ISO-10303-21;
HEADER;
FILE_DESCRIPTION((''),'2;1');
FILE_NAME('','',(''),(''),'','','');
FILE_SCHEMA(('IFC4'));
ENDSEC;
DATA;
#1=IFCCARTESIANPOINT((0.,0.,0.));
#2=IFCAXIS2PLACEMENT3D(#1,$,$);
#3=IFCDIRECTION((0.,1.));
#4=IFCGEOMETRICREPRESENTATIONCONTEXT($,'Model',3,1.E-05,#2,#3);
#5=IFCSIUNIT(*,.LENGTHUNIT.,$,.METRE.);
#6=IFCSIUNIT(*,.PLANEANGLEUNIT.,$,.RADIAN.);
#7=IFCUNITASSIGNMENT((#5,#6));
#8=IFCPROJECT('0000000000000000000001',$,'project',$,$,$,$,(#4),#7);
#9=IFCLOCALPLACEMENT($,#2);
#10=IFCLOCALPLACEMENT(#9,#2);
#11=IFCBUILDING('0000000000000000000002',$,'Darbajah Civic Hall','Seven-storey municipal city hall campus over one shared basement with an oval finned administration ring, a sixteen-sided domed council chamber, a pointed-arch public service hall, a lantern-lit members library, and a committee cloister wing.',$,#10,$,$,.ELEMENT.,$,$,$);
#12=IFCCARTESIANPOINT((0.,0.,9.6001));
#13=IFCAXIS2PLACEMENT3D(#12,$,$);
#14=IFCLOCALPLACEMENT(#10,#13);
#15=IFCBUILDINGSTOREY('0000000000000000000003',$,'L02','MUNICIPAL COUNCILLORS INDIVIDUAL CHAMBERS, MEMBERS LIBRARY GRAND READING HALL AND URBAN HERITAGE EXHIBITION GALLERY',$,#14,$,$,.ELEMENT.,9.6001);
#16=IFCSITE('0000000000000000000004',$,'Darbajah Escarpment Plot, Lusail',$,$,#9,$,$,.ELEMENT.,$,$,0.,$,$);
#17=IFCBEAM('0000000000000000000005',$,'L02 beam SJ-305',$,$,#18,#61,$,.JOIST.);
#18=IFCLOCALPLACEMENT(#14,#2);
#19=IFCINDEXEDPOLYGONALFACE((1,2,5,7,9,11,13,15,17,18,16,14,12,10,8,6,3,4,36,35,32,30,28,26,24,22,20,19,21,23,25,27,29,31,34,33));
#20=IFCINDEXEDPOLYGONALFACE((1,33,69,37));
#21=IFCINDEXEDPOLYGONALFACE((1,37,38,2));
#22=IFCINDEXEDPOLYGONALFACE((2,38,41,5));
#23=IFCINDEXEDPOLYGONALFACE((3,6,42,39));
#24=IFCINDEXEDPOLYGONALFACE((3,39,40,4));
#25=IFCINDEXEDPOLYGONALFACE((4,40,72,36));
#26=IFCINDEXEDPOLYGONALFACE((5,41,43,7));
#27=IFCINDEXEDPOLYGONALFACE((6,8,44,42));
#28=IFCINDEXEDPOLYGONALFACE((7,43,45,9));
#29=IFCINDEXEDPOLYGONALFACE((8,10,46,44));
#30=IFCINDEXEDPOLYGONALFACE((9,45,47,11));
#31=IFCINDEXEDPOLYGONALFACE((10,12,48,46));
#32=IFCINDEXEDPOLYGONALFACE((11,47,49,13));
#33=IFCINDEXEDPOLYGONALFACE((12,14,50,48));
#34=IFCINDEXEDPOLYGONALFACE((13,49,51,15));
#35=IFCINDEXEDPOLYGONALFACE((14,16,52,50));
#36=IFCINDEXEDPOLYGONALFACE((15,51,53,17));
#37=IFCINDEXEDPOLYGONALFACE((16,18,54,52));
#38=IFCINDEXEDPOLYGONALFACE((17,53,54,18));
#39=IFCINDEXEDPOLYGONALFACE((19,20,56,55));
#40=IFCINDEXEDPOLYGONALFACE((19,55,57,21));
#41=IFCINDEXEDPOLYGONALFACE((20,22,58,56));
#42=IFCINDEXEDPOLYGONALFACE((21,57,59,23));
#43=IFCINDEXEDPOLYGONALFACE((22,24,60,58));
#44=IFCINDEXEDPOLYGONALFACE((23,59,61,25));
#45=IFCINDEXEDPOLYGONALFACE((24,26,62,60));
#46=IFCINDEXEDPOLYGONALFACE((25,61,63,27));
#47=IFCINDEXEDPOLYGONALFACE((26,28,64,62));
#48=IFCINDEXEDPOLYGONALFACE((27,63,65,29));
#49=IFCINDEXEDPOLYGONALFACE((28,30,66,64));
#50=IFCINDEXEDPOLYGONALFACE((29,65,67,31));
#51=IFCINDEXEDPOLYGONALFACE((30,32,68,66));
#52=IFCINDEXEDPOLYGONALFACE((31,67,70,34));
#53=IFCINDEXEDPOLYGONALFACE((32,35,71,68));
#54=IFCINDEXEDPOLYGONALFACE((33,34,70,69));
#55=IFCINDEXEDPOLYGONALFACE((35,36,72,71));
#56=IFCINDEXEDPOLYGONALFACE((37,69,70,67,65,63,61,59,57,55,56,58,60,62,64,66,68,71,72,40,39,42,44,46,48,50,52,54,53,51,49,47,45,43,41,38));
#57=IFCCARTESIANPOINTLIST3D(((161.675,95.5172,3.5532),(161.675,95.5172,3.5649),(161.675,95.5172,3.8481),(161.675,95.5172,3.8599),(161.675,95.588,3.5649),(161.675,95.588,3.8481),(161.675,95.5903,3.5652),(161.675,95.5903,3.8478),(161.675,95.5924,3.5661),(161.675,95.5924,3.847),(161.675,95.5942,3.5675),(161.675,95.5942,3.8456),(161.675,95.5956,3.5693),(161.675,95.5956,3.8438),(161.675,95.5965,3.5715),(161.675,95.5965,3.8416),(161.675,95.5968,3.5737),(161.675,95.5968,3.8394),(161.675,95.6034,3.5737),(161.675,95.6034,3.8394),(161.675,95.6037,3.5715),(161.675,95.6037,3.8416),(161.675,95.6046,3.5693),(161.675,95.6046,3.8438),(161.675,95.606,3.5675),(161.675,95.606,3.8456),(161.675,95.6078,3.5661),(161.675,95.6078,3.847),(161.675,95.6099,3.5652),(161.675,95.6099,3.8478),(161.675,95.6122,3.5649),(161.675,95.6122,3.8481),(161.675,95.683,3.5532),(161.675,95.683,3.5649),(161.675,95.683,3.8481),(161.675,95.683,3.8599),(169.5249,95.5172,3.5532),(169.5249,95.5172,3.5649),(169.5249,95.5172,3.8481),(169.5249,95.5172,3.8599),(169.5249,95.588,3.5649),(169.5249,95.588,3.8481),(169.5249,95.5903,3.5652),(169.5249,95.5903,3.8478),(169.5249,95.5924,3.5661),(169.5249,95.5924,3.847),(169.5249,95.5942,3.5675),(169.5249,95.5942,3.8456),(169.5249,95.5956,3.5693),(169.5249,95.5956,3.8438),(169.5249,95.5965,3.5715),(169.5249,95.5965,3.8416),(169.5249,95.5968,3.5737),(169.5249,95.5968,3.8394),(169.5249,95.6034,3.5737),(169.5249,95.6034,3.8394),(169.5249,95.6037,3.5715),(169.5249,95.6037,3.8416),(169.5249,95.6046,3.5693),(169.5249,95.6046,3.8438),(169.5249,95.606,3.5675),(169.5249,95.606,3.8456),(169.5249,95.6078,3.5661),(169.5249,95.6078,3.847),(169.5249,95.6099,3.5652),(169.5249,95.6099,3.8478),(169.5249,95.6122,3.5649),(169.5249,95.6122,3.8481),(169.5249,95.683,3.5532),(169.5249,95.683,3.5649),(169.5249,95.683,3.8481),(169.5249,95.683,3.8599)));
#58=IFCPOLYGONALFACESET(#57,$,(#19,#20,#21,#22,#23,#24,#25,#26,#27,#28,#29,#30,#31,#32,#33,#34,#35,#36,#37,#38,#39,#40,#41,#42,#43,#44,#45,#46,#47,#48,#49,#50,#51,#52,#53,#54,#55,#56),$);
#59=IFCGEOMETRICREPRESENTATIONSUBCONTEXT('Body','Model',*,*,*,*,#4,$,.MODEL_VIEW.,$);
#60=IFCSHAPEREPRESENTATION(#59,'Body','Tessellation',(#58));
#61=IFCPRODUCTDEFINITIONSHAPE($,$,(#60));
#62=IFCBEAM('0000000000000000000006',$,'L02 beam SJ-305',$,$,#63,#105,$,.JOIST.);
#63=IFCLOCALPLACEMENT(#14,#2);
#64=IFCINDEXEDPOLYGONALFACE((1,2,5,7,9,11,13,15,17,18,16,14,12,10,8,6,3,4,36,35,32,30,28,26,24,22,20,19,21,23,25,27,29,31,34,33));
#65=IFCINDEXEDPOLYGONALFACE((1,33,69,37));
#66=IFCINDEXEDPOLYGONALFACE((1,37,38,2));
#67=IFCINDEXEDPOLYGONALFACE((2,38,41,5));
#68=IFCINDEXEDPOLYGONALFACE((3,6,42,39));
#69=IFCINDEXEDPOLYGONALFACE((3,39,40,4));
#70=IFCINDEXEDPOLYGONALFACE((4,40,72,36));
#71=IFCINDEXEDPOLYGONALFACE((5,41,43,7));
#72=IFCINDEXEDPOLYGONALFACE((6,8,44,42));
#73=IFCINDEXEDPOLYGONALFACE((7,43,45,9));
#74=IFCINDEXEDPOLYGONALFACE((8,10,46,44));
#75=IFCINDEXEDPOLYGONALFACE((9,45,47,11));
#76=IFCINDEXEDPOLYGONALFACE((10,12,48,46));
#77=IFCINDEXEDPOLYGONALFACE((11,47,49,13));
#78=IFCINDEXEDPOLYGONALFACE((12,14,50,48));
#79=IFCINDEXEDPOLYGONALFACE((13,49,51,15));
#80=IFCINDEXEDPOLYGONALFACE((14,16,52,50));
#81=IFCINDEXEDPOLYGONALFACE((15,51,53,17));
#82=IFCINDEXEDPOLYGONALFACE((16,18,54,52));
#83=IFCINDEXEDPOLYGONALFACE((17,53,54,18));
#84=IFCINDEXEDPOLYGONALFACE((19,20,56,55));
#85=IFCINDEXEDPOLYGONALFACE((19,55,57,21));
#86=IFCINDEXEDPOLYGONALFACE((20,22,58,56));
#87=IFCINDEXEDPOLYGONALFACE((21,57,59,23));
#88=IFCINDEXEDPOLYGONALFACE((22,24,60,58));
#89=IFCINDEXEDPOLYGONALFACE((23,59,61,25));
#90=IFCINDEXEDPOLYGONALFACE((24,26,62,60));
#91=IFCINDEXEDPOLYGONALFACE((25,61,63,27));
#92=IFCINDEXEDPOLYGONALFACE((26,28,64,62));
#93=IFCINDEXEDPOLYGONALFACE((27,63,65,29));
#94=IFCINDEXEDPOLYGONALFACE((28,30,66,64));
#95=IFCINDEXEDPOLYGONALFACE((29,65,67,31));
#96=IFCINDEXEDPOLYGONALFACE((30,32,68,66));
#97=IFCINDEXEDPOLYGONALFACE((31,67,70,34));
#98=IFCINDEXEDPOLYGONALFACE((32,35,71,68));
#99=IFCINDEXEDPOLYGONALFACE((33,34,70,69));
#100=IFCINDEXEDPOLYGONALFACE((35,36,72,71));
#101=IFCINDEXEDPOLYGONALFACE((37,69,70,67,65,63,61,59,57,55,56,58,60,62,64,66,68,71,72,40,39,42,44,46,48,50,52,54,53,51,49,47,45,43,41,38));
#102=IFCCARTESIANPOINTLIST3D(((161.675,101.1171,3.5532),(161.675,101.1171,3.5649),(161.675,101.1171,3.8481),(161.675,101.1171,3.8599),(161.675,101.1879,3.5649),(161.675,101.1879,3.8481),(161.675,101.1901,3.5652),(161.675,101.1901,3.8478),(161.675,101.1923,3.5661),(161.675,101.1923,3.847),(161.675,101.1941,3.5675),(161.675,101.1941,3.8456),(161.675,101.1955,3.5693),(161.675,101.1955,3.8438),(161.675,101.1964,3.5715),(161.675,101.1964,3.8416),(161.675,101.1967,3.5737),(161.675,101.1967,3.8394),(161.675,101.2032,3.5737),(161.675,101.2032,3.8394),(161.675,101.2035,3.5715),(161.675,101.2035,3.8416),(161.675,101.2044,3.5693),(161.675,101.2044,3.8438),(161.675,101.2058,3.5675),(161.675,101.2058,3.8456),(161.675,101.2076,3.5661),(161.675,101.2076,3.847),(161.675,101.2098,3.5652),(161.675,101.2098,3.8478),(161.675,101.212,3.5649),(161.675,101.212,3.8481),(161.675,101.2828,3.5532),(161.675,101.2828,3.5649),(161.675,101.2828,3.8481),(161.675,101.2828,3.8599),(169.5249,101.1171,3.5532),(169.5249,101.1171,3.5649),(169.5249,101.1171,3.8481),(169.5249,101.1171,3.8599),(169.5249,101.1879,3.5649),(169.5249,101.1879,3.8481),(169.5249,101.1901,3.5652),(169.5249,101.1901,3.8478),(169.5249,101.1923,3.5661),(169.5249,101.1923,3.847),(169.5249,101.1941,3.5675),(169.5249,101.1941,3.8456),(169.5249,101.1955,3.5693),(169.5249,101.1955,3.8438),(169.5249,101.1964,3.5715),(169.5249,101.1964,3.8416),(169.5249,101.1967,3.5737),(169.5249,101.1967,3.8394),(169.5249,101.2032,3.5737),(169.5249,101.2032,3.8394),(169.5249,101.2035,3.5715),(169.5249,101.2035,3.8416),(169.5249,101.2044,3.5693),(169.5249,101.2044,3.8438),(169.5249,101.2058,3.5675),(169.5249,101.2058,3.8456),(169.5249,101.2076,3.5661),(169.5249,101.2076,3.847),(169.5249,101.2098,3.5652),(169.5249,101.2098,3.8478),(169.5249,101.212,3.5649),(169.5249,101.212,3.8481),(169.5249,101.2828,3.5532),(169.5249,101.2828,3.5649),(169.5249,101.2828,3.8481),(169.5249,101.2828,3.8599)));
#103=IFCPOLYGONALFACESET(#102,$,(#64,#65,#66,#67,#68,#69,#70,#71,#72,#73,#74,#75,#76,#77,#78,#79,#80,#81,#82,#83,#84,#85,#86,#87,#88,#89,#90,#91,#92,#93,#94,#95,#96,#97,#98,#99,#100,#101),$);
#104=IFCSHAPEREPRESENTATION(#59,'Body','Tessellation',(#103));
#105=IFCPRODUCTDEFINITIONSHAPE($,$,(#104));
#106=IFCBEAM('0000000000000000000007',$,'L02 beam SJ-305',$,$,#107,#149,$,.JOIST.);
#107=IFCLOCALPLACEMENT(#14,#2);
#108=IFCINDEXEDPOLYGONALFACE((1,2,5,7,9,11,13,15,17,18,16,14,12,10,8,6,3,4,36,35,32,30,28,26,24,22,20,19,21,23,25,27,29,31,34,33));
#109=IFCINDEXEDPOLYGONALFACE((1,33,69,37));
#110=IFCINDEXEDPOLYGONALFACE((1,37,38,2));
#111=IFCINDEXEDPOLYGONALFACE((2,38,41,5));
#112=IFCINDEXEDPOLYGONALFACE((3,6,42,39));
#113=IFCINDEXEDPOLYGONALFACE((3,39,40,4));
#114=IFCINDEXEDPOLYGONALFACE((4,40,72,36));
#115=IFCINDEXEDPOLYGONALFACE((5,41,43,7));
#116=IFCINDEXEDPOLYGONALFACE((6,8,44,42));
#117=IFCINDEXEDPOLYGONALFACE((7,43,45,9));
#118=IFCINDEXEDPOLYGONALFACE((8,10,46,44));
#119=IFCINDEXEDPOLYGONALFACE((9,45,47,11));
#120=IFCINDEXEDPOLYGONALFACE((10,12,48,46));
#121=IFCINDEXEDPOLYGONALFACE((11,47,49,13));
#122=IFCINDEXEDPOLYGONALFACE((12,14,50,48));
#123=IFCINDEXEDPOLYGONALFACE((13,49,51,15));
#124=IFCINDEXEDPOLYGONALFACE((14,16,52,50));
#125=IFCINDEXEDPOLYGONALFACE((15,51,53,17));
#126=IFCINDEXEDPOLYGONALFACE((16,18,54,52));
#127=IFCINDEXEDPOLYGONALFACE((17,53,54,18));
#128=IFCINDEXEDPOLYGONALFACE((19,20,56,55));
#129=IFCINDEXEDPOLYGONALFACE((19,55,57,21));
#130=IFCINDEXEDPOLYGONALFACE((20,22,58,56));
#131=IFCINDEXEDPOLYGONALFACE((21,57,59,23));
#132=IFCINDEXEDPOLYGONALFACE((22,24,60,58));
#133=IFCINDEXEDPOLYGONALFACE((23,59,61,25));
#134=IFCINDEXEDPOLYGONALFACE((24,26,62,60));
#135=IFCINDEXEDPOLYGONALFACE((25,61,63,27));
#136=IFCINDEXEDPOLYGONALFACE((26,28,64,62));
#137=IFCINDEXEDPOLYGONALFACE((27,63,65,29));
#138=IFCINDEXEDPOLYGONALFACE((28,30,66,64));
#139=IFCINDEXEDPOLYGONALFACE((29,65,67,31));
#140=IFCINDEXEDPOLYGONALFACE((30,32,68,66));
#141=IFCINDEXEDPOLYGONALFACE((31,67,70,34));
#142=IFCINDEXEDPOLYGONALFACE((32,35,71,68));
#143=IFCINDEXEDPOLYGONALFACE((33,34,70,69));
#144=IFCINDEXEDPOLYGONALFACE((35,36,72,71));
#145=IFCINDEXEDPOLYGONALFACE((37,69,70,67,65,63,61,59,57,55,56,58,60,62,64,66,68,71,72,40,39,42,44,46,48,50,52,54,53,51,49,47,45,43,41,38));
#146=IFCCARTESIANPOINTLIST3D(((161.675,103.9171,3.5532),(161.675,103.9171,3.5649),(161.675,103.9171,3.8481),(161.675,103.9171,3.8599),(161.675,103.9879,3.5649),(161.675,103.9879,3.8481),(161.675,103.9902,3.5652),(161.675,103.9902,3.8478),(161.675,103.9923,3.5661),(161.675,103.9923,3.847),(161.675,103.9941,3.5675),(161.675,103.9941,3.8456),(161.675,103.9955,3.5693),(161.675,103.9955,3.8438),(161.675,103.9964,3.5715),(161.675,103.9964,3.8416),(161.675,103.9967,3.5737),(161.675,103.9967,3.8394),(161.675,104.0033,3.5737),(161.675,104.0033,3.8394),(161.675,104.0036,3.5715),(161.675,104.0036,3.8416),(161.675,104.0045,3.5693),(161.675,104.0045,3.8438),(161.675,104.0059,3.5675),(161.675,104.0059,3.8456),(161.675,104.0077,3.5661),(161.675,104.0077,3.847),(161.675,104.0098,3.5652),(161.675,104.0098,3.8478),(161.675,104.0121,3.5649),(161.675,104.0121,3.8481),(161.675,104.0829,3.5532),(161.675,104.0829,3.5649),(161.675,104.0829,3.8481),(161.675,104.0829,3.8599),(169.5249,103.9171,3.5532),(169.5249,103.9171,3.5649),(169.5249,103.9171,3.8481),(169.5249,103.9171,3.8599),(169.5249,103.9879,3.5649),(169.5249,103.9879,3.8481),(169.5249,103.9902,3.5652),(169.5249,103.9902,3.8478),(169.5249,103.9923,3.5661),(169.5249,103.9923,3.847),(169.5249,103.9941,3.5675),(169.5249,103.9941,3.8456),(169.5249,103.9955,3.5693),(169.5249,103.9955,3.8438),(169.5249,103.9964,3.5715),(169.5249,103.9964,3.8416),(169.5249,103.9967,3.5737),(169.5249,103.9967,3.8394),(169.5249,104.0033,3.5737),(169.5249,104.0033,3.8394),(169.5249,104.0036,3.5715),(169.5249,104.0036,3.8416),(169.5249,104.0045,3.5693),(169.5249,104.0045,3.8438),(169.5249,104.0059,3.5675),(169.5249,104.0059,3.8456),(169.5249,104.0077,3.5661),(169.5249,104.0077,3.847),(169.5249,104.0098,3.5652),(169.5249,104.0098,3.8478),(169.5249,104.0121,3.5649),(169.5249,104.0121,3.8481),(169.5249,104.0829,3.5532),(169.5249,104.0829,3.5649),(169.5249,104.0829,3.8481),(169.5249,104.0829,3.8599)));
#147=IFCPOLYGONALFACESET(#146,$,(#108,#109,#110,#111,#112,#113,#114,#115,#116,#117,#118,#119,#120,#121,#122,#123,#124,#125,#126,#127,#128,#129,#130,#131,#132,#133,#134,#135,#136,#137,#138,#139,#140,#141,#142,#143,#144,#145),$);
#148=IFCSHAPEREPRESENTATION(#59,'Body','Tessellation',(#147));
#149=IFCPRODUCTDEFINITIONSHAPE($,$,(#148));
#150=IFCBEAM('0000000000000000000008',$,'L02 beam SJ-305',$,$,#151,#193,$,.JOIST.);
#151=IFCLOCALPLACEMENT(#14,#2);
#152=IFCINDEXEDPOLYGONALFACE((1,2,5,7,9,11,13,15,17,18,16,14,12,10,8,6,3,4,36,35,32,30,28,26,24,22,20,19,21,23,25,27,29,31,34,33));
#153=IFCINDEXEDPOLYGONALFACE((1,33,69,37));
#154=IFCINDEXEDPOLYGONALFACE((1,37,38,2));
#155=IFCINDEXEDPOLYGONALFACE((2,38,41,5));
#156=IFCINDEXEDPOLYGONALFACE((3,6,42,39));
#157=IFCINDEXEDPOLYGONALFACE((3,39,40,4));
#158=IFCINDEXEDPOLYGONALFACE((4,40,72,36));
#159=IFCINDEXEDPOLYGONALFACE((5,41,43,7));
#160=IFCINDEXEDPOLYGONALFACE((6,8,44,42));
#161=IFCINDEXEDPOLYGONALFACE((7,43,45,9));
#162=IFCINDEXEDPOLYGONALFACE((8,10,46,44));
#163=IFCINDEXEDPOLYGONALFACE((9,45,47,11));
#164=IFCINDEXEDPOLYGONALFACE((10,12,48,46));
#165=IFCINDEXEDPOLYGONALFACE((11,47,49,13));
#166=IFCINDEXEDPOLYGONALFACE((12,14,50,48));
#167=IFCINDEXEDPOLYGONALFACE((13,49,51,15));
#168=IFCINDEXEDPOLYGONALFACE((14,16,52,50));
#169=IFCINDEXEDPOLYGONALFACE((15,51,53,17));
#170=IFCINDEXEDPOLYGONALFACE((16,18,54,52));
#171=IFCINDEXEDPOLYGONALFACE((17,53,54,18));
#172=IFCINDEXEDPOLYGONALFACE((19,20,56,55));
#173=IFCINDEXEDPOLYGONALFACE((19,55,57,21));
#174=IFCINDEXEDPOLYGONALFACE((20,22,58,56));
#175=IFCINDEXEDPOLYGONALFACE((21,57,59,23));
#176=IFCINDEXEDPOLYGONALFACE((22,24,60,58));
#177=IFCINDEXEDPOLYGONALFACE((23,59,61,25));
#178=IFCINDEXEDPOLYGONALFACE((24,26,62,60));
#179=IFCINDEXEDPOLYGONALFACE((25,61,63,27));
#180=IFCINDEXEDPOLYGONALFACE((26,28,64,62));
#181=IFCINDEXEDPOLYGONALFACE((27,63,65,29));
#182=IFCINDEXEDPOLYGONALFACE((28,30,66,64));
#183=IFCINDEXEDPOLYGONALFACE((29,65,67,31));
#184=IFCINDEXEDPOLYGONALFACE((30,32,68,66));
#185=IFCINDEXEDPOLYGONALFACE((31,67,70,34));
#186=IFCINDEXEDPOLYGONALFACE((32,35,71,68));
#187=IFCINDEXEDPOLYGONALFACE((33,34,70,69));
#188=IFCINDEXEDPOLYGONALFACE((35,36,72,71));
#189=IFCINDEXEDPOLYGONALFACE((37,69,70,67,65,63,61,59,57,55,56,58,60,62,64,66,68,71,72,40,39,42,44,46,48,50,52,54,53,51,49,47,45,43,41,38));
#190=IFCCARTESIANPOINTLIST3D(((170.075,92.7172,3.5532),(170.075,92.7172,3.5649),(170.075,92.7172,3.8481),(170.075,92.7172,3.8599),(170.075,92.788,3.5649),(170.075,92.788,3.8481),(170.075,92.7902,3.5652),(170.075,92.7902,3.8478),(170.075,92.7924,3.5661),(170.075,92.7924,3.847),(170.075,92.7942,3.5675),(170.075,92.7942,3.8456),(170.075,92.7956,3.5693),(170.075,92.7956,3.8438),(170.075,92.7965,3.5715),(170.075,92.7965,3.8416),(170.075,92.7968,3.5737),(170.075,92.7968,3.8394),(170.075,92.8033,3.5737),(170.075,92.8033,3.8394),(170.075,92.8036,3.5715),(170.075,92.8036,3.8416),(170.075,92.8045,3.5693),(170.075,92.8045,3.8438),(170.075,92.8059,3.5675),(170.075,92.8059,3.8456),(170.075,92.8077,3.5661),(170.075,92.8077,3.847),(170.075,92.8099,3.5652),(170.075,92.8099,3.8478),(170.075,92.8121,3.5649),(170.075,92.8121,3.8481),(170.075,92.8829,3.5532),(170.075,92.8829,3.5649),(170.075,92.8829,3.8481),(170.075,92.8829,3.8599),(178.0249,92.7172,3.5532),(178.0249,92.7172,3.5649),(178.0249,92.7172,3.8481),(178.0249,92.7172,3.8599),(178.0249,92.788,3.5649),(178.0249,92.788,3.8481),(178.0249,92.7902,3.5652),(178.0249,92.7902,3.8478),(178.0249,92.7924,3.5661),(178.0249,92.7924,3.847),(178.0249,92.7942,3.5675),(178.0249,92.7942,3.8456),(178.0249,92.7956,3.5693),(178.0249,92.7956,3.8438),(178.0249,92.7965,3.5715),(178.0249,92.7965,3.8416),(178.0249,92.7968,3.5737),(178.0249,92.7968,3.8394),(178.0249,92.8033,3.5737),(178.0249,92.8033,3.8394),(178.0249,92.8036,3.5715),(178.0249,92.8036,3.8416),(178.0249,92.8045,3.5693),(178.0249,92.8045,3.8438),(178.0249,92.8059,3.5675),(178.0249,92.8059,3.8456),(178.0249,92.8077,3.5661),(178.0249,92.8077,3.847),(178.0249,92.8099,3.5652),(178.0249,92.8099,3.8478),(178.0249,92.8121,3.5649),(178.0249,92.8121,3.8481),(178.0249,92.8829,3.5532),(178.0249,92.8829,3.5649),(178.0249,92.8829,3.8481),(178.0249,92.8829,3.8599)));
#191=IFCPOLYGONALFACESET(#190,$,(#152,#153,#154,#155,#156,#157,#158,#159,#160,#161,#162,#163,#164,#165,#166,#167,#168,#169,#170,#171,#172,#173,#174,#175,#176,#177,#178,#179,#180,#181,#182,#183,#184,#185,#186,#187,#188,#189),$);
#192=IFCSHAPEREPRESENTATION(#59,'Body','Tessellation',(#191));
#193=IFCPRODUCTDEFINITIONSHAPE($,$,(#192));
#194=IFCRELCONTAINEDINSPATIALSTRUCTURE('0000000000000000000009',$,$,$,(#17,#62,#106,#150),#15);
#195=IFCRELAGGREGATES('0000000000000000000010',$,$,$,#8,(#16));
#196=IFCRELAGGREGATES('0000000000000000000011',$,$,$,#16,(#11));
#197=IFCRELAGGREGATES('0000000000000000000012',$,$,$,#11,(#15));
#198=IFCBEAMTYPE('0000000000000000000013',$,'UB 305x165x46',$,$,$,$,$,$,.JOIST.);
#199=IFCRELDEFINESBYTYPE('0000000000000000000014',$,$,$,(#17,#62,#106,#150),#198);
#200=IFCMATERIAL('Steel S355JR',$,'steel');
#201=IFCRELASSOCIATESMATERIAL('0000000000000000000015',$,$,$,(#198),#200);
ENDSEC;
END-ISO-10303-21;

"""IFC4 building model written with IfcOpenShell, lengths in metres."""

from ifc_helpers import new_model, si_unit, direction, frame, origin, origin_2d, place, context, subcontext, project, spatial, i_section, extrude, material, material_profile, profile_set, type_object, element, save


model = new_model("IFC4")

# Units and contexts
model_context = context("Model", 3, precision=1e-05, world=origin(), true_north=direction((0.0, 1.0)))
body_context = subcontext(model_context, "Body", "Model", "MODEL_VIEW")
ifc_project = project(units=[si_unit("LENGTHUNIT", "METRE"), si_unit("PLANEANGLEUNIT", "RADIAN")], contexts=[model_context])

# Site, building, storey
site_placement = place(None, origin())
site = spatial("IfcSite", under=ifc_project, at=site_placement, Name="Darbajah Escarpment Plot, Lusail", CompositionType="ELEMENT", RefElevation=0.0)
building_placement = place(site_placement, origin())
building = spatial("IfcBuilding", under=site, at=building_placement, Name="Darbajah Civic Hall", Description="Seven-storey municipal city hall campus over one shared basement with an oval finned administration ring, a sixteen-sided domed council chamber, a pointed-arch public service hall, a lantern-lit members library, and a committee cloister wing.", CompositionType="ELEMENT")
storey_placement = place(building_placement, frame((0.0, 0.0, 9.6001)))
storey = spatial("IfcBuildingStorey", under=building, at=storey_placement, Name="L02", Description="MUNICIPAL COUNCILLORS INDIVIDUAL CHAMBERS, MEMBERS LIBRARY GRAND READING HALL AND URBAN HERITAGE EXHIBITION GALLERY", CompositionType="ELEMENT", Elevation=9.6001)

# Beams
ifc_material_1 = material(Name="Steel S355JR", Category="steel")
ifc_material_profile_1 = material_profile(ifc_material_1, i_section(OverallWidth=0.1658, OverallDepth=0.3066, WebThickness=0.0066, FlangeThickness=0.0117, FilletRadius=0.0088, at=origin_2d()), Name="UB 305x165x46")
ifc_profile_set_1 = profile_set([ifc_material_profile_1], Name="Steel S355JR")
beam_type_1 = type_object("IfcBeamType", Name="UB 305x165x46", PredefinedType="JOIST", material=ifc_profile_set_1)
for number, where, z_axis, x_axis, name in (
    (1, (161.675, 95.6001, 3.7065), (1.0, 0.0, 0.0), (0.0, 1.0, 0.0), "L02 beam SJ-305"),
    (2, (161.675, 101.2, 3.7065), (1.0, 0.0, 0.0), (0.0, 1.0, 0.0), "L02 beam SJ-305"),
    (3, (161.675, 104.0, 3.7065), (1.0, 0.0, 0.0), (0.0, 1.0, 0.0), "L02 beam SJ-305"),
):
    element("IfcBeam", number, at=place(storey_placement, frame(where, z_axis=z_axis, x_axis=x_axis)), inside=storey, type_object=beam_type_1, Name=name, PredefinedType="JOIST", context=body_context, shape_type="SweptSolid", body=[
        extrude(i_section(OverallWidth=0.1658, OverallDepth=0.3066, WebThickness=0.0066, FlangeThickness=0.0117, FilletRadius=0.0088, at=origin_2d()), origin(), (0.0, 0.0, 1.0), 7.8499),
    ])
for number, where, z_axis, x_axis, name in (
    (4, (170.075, 92.8, 3.7065), (1.0, 0.0, 0.0), (0.0, 1.0, 0.0), "L02 beam SJ-305"),
):
    element("IfcBeam", number, at=place(storey_placement, frame(where, z_axis=z_axis, x_axis=x_axis)), inside=storey, type_object=beam_type_1, Name=name, PredefinedType="JOIST", context=body_context, shape_type="SweptSolid", body=[
        extrude(i_section(OverallWidth=0.1658, OverallDepth=0.3066, WebThickness=0.0066, FlangeThickness=0.0117, FilletRadius=0.0088, at=origin_2d()), origin(), (0.0, 0.0, 1.0), 7.95),
    ])

save(model, "model.ifc")
